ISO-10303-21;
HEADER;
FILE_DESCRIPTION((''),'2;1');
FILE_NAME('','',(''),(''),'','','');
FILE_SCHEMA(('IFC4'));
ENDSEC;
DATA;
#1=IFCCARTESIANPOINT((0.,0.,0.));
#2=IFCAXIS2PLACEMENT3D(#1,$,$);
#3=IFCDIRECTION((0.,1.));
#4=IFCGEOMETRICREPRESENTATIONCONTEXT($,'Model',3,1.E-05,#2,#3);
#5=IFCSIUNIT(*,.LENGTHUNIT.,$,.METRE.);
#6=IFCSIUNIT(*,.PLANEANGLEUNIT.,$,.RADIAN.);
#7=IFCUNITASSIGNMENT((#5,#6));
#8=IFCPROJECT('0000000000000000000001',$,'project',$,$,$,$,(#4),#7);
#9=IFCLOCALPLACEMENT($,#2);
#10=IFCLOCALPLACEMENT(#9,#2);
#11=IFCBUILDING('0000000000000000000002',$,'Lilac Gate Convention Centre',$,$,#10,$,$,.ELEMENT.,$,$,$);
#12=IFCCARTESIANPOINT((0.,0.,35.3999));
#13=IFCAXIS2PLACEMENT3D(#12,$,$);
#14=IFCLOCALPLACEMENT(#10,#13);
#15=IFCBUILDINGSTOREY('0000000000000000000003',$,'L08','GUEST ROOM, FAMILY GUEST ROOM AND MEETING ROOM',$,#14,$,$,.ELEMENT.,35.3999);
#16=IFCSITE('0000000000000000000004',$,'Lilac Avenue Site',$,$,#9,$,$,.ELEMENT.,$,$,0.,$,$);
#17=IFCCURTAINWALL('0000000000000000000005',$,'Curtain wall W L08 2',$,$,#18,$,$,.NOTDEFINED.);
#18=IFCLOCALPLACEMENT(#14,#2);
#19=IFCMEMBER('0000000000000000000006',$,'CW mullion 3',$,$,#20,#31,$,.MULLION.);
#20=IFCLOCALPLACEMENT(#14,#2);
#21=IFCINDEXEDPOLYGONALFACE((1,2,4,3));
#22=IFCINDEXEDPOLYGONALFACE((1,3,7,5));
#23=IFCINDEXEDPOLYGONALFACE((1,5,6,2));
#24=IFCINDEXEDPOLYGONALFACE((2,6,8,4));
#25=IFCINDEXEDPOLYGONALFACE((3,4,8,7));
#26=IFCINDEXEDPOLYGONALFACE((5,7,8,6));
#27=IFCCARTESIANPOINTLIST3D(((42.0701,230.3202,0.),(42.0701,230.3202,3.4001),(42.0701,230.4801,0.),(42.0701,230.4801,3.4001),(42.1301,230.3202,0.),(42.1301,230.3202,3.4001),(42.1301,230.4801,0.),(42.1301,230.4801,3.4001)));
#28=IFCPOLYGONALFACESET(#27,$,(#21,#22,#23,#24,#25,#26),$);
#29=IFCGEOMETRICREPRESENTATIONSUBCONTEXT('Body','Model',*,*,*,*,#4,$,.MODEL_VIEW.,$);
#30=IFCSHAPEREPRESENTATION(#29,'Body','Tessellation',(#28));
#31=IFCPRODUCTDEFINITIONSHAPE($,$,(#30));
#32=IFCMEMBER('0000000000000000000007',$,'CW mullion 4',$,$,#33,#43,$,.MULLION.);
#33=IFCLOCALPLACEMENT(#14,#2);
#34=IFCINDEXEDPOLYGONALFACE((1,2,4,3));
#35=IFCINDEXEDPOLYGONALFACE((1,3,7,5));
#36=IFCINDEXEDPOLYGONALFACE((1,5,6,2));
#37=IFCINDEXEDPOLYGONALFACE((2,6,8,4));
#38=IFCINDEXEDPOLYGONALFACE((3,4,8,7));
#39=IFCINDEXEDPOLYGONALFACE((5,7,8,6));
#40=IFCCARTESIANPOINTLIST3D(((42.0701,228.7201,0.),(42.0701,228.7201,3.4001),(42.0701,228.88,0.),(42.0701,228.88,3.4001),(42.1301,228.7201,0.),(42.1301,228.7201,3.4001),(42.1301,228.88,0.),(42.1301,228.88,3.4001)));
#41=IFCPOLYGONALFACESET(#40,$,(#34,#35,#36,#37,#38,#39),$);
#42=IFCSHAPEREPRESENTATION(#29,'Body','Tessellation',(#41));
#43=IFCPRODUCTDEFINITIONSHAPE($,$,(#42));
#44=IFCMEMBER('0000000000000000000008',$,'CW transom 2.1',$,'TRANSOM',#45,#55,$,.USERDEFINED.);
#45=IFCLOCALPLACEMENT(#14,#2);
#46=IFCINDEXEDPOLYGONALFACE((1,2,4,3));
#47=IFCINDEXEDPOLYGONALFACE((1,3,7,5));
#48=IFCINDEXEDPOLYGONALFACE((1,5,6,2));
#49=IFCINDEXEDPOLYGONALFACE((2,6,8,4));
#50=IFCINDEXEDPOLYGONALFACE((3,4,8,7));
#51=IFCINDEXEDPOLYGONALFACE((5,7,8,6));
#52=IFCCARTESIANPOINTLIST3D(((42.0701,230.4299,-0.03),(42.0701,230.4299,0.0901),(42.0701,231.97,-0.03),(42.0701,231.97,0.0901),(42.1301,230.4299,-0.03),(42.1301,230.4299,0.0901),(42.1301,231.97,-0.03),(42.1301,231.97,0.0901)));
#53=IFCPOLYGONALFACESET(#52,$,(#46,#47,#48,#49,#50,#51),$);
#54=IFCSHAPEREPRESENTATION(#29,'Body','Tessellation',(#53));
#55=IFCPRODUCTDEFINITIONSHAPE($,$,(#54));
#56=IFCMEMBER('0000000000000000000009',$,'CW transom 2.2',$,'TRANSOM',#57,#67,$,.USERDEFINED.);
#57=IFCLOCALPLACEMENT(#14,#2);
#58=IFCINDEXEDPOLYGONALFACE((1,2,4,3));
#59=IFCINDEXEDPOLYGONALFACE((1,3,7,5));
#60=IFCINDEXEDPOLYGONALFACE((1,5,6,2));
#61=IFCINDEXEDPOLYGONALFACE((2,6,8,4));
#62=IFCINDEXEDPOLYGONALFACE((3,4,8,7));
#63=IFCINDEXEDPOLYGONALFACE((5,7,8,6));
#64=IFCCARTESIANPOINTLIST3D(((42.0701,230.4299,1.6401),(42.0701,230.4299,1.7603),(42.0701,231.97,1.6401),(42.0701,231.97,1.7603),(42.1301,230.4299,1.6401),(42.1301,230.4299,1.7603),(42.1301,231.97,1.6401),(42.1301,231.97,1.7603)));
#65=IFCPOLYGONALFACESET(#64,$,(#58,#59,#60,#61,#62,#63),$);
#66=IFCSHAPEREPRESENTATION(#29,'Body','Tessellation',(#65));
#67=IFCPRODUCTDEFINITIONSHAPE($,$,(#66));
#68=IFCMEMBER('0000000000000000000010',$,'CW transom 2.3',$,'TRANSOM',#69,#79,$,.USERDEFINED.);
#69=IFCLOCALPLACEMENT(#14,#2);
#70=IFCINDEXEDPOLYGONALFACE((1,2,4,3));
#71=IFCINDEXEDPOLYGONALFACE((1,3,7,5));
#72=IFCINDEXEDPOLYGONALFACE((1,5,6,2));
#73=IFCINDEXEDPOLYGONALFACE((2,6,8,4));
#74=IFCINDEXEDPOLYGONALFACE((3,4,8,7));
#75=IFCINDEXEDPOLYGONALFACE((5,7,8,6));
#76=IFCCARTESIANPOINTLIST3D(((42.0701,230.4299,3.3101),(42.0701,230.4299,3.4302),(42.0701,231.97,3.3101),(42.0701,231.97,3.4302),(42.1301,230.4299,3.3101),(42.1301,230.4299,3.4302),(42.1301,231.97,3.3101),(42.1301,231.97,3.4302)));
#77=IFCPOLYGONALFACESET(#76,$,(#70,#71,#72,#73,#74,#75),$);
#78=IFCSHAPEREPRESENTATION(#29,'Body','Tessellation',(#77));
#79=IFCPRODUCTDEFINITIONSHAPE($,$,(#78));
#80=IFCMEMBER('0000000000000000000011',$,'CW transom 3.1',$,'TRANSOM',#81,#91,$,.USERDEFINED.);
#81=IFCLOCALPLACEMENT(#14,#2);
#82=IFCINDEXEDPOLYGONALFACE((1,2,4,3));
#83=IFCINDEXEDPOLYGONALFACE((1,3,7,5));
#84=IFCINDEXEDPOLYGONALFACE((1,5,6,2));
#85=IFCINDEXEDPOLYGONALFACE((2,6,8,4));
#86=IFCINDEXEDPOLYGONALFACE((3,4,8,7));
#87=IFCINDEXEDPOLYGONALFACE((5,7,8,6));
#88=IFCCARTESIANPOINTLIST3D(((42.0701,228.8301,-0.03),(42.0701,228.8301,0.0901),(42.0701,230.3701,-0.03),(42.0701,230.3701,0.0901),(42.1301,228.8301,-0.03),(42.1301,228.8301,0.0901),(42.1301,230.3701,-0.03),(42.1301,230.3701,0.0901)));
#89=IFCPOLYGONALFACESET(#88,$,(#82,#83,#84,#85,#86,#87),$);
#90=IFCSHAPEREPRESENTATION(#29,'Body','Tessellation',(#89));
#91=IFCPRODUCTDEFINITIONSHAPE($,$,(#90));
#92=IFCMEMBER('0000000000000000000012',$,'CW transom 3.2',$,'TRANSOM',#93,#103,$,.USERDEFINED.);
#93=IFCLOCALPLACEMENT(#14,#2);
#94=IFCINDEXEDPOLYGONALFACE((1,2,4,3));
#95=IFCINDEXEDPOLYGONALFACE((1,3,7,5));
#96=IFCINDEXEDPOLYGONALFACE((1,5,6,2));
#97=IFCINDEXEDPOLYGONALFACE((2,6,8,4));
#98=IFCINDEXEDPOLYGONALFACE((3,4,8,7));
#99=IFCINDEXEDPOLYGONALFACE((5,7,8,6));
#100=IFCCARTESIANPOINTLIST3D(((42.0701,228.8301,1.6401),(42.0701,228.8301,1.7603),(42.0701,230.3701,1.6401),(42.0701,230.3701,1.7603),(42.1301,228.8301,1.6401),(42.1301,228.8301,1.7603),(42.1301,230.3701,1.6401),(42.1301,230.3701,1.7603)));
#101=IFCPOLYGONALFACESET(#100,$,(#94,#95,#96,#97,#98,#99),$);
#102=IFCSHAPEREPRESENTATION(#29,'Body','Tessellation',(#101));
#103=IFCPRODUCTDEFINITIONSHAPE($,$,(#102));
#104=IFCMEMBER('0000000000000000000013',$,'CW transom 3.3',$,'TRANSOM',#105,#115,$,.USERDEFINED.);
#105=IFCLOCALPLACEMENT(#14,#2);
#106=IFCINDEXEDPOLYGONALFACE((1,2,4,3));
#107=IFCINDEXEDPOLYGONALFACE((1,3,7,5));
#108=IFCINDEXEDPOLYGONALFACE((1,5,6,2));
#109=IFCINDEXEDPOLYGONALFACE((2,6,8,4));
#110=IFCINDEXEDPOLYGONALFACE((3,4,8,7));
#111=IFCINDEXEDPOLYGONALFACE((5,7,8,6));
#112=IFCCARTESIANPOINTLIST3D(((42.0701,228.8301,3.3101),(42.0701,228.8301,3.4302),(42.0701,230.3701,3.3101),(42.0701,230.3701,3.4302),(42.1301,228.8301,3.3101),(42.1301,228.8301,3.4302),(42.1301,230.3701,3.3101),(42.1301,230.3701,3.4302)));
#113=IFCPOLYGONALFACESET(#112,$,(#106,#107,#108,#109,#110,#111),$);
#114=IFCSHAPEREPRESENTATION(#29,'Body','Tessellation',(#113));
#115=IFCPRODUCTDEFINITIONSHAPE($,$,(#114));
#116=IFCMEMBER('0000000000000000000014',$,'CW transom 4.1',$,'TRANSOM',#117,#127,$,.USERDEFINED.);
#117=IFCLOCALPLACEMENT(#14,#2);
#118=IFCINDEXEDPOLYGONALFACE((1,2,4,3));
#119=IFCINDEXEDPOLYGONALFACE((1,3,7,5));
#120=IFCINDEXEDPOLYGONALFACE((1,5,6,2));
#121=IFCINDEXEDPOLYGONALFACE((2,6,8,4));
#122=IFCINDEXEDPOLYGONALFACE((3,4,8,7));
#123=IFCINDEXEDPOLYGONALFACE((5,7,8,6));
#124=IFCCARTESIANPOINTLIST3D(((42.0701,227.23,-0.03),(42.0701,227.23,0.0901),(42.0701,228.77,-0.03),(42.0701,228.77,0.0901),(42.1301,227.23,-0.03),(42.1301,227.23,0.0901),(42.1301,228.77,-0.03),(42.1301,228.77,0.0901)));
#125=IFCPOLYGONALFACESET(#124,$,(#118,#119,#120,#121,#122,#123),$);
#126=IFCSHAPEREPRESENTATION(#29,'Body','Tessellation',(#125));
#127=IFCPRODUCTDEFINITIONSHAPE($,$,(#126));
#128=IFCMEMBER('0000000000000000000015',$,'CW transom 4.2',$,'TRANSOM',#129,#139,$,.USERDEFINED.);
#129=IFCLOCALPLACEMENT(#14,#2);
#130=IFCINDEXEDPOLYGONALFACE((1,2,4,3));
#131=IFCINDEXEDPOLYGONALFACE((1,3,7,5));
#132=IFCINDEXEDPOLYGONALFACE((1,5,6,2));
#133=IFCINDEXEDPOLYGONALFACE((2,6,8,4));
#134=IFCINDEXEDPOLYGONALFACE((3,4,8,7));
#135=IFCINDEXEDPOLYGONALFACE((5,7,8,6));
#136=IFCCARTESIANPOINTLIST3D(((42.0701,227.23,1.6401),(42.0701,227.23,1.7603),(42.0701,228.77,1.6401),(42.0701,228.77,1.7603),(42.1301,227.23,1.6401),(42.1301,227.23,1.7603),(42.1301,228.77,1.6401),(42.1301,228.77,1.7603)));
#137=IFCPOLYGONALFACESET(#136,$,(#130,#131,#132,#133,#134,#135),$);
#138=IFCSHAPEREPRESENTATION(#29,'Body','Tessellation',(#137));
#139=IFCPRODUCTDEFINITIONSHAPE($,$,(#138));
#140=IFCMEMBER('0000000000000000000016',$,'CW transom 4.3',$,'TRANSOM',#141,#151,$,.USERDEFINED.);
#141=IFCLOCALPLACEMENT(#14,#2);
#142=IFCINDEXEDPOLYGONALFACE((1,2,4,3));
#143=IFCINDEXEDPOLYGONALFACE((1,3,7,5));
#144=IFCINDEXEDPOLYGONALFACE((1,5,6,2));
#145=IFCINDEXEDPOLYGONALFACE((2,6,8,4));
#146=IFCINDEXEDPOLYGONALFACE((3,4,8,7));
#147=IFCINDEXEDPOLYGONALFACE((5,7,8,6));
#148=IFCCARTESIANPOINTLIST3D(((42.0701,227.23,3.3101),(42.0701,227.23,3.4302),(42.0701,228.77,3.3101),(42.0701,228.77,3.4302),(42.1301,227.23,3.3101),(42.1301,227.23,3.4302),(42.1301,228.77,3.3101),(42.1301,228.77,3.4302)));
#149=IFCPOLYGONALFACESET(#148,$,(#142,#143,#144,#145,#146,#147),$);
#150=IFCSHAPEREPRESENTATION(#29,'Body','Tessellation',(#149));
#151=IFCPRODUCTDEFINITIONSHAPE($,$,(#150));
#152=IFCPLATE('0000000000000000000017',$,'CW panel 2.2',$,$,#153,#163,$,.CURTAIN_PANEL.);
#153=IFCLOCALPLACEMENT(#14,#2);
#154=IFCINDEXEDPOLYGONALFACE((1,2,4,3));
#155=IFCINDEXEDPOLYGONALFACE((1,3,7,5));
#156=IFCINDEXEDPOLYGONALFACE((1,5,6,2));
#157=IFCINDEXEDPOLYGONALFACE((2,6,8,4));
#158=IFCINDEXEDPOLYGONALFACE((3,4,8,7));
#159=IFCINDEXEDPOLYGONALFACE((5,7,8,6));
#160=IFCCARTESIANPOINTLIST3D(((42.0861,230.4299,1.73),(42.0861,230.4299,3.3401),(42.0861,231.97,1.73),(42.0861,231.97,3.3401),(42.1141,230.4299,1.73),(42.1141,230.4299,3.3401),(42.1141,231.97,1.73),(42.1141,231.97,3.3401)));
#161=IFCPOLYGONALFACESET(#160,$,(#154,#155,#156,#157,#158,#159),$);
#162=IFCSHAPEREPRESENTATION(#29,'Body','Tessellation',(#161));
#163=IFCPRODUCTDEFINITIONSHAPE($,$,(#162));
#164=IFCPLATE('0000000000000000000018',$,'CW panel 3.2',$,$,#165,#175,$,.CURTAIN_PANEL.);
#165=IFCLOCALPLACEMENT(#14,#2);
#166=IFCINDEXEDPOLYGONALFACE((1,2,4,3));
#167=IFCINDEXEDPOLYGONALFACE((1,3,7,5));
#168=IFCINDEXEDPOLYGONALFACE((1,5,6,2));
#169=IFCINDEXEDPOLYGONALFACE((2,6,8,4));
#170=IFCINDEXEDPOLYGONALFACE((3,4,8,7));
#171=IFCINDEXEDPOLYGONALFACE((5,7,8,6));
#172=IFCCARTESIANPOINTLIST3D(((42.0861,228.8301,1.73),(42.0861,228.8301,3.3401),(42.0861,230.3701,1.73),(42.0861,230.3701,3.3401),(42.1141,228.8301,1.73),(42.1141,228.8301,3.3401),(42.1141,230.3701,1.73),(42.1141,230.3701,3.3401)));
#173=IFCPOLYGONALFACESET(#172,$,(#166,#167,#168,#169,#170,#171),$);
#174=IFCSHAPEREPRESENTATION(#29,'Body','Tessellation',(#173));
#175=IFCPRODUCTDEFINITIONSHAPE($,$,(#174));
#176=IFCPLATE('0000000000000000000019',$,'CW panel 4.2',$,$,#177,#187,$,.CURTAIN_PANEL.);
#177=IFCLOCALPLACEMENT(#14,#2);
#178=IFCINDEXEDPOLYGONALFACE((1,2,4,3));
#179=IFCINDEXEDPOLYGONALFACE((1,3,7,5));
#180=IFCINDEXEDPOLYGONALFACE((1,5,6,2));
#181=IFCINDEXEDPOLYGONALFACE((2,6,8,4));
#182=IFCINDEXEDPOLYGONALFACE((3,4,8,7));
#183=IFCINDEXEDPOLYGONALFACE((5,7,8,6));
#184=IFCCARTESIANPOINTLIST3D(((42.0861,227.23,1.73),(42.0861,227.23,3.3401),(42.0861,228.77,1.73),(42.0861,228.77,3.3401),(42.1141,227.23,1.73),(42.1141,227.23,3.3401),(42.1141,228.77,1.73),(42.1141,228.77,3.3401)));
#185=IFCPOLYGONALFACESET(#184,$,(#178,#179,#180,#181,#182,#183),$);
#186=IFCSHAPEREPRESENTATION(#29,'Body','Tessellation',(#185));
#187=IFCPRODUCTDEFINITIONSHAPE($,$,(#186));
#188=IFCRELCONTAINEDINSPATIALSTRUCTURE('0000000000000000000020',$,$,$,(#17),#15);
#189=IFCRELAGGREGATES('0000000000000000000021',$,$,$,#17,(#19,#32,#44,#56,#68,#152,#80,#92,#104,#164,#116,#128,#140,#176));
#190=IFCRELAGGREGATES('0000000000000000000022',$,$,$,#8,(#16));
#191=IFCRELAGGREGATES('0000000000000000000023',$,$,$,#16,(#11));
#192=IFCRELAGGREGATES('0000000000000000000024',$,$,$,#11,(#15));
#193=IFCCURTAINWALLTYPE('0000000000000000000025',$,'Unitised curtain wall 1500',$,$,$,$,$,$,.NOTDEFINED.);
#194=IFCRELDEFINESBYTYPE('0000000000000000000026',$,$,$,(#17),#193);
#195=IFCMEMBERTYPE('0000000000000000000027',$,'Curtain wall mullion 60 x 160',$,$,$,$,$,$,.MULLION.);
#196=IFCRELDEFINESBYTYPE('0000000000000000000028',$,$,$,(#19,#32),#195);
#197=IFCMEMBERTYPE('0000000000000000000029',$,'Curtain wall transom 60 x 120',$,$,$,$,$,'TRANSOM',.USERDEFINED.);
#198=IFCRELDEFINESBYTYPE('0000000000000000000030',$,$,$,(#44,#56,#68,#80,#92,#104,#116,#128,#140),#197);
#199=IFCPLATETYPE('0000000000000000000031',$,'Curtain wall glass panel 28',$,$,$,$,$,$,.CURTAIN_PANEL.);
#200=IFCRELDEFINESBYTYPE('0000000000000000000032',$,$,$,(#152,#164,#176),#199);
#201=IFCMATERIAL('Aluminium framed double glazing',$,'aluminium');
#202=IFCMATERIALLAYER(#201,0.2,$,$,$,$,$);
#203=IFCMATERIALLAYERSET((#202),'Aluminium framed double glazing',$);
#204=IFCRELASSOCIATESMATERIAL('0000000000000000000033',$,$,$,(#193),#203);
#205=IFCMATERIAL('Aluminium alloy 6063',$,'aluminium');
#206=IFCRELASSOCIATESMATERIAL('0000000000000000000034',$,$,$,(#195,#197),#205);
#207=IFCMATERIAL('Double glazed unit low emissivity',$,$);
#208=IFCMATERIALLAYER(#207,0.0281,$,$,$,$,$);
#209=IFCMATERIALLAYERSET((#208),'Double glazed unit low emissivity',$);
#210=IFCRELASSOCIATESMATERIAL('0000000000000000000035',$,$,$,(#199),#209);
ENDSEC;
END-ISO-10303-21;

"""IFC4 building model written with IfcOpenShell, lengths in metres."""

from ifc_helpers import new_model, si_unit, direction, frame, origin, origin_2d, place, context, subcontext, project, spatial, rectangle, extrude, material, layer, layer_set, material_profile, profile_set, type_object, element, aggregate, save


model = new_model("IFC4")

# Units and contexts
model_context = context("Model", 3, precision=1e-05, world=origin(), true_north=direction((0.0, 1.0)))
body_context = subcontext(model_context, "Body", "Model", "MODEL_VIEW")
ifc_project = project(units=[si_unit("LENGTHUNIT", "METRE"), si_unit("PLANEANGLEUNIT", "RADIAN")], contexts=[model_context])

# Site, building, storey
site_placement = place(None, origin())
site = spatial("IfcSite", under=ifc_project, at=site_placement, Name="Lilac Avenue Site", CompositionType="ELEMENT", RefElevation=0.0)
building_placement = place(site_placement, origin())
building = spatial("IfcBuilding", under=site, at=building_placement, Name="Lilac Gate Convention Centre", CompositionType="ELEMENT")
storey_placement = place(building_placement, frame((0.0, 0.0, 35.3999)))
storey = spatial("IfcBuildingStorey", under=building, at=storey_placement, Name="L08", Description="GUEST ROOM, FAMILY GUEST ROOM AND MEETING ROOM", CompositionType="ELEMENT", Elevation=35.3999)

# Curtain wall, members, plates
ifc_material_1 = material(Name="Aluminium framed double glazing", Category="aluminium")
ifc_layer_1 = layer(ifc_material_1, 0.2)
ifc_layer_set_1 = layer_set([ifc_layer_1], Name="Aluminium framed double glazing")
curtain_wall_type = type_object("IfcCurtainWallType", Name="Unitised curtain wall 1500", PredefinedType="NOTDEFINED", material=ifc_layer_set_1)
curtain_wall_placement = place(storey_placement, origin())
curtain_wall = element("IfcCurtainWall", 1, at=curtain_wall_placement, inside=storey, type_object=curtain_wall_type, Name="Curtain wall W L08 2", PredefinedType="NOTDEFINED")
ifc_material_2 = material(Name="Aluminium alloy 6063", Category="aluminium")
ifc_material_profile_1 = material_profile(ifc_material_2, rectangle(XDim=0.0601, YDim=0.1599, at=origin_2d()), Name="Curtain wall mullion 60 x 160")
ifc_profile_set_1 = profile_set([ifc_material_profile_1], Name="Aluminium alloy 6063")
member_type_1 = type_object("IfcMemberType", Name="Curtain wall mullion 60 x 160", PredefinedType="MULLION", material=ifc_profile_set_1)
member_1_placement = place(storey_placement, frame((42.1001, 230.4001, 0.0), z_axis=(0.0, 0.0, 1.0), x_axis=(1.0, 0.0, 0.0)))
member_1 = element("IfcMember", 2, at=member_1_placement, type_object=member_type_1, Name="CW mullion 3", PredefinedType="MULLION", context=body_context, shape_type="SweptSolid", body=[
    extrude(rectangle(XDim=0.0601, YDim=0.1599, at=origin_2d()), origin(), (0.0, 0.0, 1.0), 3.4001),
])
member_2_placement = place(storey_placement, frame((42.1001, 228.8, 0.0), z_axis=(0.0, 0.0, 1.0), x_axis=(1.0, 0.0, 0.0)))
member_2 = element("IfcMember", 3, at=member_2_placement, type_object=member_type_1, Name="CW mullion 4", PredefinedType="MULLION", context=body_context, shape_type="SweptSolid", body=[
    extrude(rectangle(XDim=0.0601, YDim=0.1599, at=origin_2d()), origin(), (0.0, 0.0, 1.0), 3.4001),
])
ifc_material_profile_2 = material_profile(ifc_material_2, rectangle(XDim=0.0601, YDim=0.1201, at=origin_2d()), Name="Curtain wall transom 60 x 120")
ifc_profile_set_2 = profile_set([ifc_material_profile_2], Name="Aluminium alloy 6063")
member_type_2 = type_object("IfcMemberType", Name="Curtain wall transom 60 x 120", ElementType="TRANSOM", PredefinedType="USERDEFINED", material=ifc_profile_set_2)
member_3_placement = place(storey_placement, frame((42.1001, 231.97, 0.03), z_axis=(0.0, -1.0, 0.0), x_axis=(1.0, 0.0, 0.0)))
member_3 = element("IfcMember", 4, at=member_3_placement, type_object=member_type_2, Name="CW transom 2.1", ObjectType="TRANSOM", PredefinedType="USERDEFINED", context=body_context, shape_type="SweptSolid", body=[
    extrude(rectangle(XDim=0.0601, YDim=0.1201, at=origin_2d()), origin(), (0.0, 0.0, 1.0), 1.54),
])
member_4_placement = place(storey_placement, frame((42.1001, 231.97, 1.7002), z_axis=(0.0, -1.0, 0.0), x_axis=(1.0, 0.0, 0.0)))
member_4 = element("IfcMember", 5, at=member_4_placement, type_object=member_type_2, Name="CW transom 2.2", ObjectType="TRANSOM", PredefinedType="USERDEFINED", context=body_context, shape_type="SweptSolid", body=[
    extrude(rectangle(XDim=0.0601, YDim=0.1201, at=origin_2d()), origin(), (0.0, 0.0, 1.0), 1.54),
])
member_5_placement = place(storey_placement, frame((42.1001, 231.97, 3.3701), z_axis=(0.0, -1.0, 0.0), x_axis=(1.0, 0.0, 0.0)))
member_5 = element("IfcMember", 6, at=member_5_placement, type_object=member_type_2, Name="CW transom 2.3", ObjectType="TRANSOM", PredefinedType="USERDEFINED", context=body_context, shape_type="SweptSolid", body=[
    extrude(rectangle(XDim=0.0601, YDim=0.1201, at=origin_2d()), origin(), (0.0, 0.0, 1.0), 1.54),
])
member_6_placement = place(storey_placement, frame((42.1001, 230.3701, 0.03), z_axis=(0.0, -1.0, 0.0), x_axis=(1.0, 0.0, 0.0)))
member_6 = element("IfcMember", 7, at=member_6_placement, type_object=member_type_2, Name="CW transom 3.1", ObjectType="TRANSOM", PredefinedType="USERDEFINED", context=body_context, shape_type="SweptSolid", body=[
    extrude(rectangle(XDim=0.0601, YDim=0.1201, at=origin_2d()), origin(), (0.0, 0.0, 1.0), 1.54),
])
member_7_placement = place(storey_placement, frame((42.1001, 230.3701, 1.7002), z_axis=(0.0, -1.0, 0.0), x_axis=(1.0, 0.0, 0.0)))
member_7 = element("IfcMember", 8, at=member_7_placement, type_object=member_type_2, Name="CW transom 3.2", ObjectType="TRANSOM", PredefinedType="USERDEFINED", context=body_context, shape_type="SweptSolid", body=[
    extrude(rectangle(XDim=0.0601, YDim=0.1201, at=origin_2d()), origin(), (0.0, 0.0, 1.0), 1.54),
])
member_8_placement = place(storey_placement, frame((42.1001, 230.3701, 3.3701), z_axis=(0.0, -1.0, 0.0), x_axis=(1.0, 0.0, 0.0)))
member_8 = element("IfcMember", 9, at=member_8_placement, type_object=member_type_2, Name="CW transom 3.3", ObjectType="TRANSOM", PredefinedType="USERDEFINED", context=body_context, shape_type="SweptSolid", body=[
    extrude(rectangle(XDim=0.0601, YDim=0.1201, at=origin_2d()), origin(), (0.0, 0.0, 1.0), 1.54),
])
member_9_placement = place(storey_placement, frame((42.1001, 228.77, 0.03), z_axis=(0.0, -1.0, 0.0), x_axis=(1.0, 0.0, 0.0)))
member_9 = element("IfcMember", 10, at=member_9_placement, type_object=member_type_2, Name="CW transom 4.1", ObjectType="TRANSOM", PredefinedType="USERDEFINED", context=body_context, shape_type="SweptSolid", body=[
    extrude(rectangle(XDim=0.0601, YDim=0.1201, at=origin_2d()), origin(), (0.0, 0.0, 1.0), 1.54),
])
member_10_placement = place(storey_placement, frame((42.1001, 228.77, 1.7002), z_axis=(0.0, -1.0, 0.0), x_axis=(1.0, 0.0, 0.0)))
member_10 = element("IfcMember", 11, at=member_10_placement, type_object=member_type_2, Name="CW transom 4.2", ObjectType="TRANSOM", PredefinedType="USERDEFINED", context=body_context, shape_type="SweptSolid", body=[
    extrude(rectangle(XDim=0.0601, YDim=0.1201, at=origin_2d()), origin(), (0.0, 0.0, 1.0), 1.54),
])
member_11_placement = place(storey_placement, frame((42.1001, 228.77, 3.3701), z_axis=(0.0, -1.0, 0.0), x_axis=(1.0, 0.0, 0.0)))
member_11 = element("IfcMember", 12, at=member_11_placement, type_object=member_type_2, Name="CW transom 4.3", ObjectType="TRANSOM", PredefinedType="USERDEFINED", context=body_context, shape_type="SweptSolid", body=[
    extrude(rectangle(XDim=0.0601, YDim=0.1201, at=origin_2d()), origin(), (0.0, 0.0, 1.0), 1.54),
])
ifc_material_3 = material(Name="Double glazed unit low emissivity")
ifc_layer_2 = layer(ifc_material_3, 0.0281)
ifc_layer_set_2 = layer_set([ifc_layer_2], Name="Double glazed unit low emissivity")
plate_type_1 = type_object("IfcPlateType", Name="Curtain wall glass panel 28", PredefinedType="CURTAIN_PANEL", material=ifc_layer_set_2)
plate_1_placement = place(storey_placement, frame((42.1001, 231.2, 1.73), z_axis=(0.0, 0.0, 1.0), x_axis=(0.0, -1.0, 0.0)))
plate_1 = element("IfcPlate", 13, at=plate_1_placement, type_object=plate_type_1, Name="CW panel 2.2", PredefinedType="CURTAIN_PANEL", context=body_context, shape_type="SweptSolid", body=[
    extrude(rectangle(XDim=1.54, YDim=0.0281, at=origin_2d()), origin(), (0.0, 0.0, 1.0), 1.6101),
])
plate_2_placement = place(storey_placement, frame((42.1001, 229.6001, 1.73), z_axis=(0.0, 0.0, 1.0), x_axis=(0.0, -1.0, 0.0)))
plate_2 = element("IfcPlate", 14, at=plate_2_placement, type_object=plate_type_1, Name="CW panel 3.2", PredefinedType="CURTAIN_PANEL", context=body_context, shape_type="SweptSolid", body=[
    extrude(rectangle(XDim=1.54, YDim=0.0281, at=origin_2d()), origin(), (0.0, 0.0, 1.0), 1.6101),
])
plate_3_placement = place(storey_placement, frame((42.1001, 228.0, 1.73), z_axis=(0.0, 0.0, 1.0), x_axis=(0.0, -1.0, 0.0)))
plate_3 = element("IfcPlate", 15, at=plate_3_placement, type_object=plate_type_1, Name="CW panel 4.2", PredefinedType="CURTAIN_PANEL", context=body_context, shape_type="SweptSolid", body=[
    extrude(rectangle(XDim=1.54, YDim=0.0281, at=origin_2d()), origin(), (0.0, 0.0, 1.0), 1.6101),
])
aggregate(curtain_wall, [member_1, member_2, member_3, member_4, member_5, plate_1, member_6, member_7, member_8, plate_2, member_9, member_10, member_11, plate_3])

save(model, "model.ifc")
